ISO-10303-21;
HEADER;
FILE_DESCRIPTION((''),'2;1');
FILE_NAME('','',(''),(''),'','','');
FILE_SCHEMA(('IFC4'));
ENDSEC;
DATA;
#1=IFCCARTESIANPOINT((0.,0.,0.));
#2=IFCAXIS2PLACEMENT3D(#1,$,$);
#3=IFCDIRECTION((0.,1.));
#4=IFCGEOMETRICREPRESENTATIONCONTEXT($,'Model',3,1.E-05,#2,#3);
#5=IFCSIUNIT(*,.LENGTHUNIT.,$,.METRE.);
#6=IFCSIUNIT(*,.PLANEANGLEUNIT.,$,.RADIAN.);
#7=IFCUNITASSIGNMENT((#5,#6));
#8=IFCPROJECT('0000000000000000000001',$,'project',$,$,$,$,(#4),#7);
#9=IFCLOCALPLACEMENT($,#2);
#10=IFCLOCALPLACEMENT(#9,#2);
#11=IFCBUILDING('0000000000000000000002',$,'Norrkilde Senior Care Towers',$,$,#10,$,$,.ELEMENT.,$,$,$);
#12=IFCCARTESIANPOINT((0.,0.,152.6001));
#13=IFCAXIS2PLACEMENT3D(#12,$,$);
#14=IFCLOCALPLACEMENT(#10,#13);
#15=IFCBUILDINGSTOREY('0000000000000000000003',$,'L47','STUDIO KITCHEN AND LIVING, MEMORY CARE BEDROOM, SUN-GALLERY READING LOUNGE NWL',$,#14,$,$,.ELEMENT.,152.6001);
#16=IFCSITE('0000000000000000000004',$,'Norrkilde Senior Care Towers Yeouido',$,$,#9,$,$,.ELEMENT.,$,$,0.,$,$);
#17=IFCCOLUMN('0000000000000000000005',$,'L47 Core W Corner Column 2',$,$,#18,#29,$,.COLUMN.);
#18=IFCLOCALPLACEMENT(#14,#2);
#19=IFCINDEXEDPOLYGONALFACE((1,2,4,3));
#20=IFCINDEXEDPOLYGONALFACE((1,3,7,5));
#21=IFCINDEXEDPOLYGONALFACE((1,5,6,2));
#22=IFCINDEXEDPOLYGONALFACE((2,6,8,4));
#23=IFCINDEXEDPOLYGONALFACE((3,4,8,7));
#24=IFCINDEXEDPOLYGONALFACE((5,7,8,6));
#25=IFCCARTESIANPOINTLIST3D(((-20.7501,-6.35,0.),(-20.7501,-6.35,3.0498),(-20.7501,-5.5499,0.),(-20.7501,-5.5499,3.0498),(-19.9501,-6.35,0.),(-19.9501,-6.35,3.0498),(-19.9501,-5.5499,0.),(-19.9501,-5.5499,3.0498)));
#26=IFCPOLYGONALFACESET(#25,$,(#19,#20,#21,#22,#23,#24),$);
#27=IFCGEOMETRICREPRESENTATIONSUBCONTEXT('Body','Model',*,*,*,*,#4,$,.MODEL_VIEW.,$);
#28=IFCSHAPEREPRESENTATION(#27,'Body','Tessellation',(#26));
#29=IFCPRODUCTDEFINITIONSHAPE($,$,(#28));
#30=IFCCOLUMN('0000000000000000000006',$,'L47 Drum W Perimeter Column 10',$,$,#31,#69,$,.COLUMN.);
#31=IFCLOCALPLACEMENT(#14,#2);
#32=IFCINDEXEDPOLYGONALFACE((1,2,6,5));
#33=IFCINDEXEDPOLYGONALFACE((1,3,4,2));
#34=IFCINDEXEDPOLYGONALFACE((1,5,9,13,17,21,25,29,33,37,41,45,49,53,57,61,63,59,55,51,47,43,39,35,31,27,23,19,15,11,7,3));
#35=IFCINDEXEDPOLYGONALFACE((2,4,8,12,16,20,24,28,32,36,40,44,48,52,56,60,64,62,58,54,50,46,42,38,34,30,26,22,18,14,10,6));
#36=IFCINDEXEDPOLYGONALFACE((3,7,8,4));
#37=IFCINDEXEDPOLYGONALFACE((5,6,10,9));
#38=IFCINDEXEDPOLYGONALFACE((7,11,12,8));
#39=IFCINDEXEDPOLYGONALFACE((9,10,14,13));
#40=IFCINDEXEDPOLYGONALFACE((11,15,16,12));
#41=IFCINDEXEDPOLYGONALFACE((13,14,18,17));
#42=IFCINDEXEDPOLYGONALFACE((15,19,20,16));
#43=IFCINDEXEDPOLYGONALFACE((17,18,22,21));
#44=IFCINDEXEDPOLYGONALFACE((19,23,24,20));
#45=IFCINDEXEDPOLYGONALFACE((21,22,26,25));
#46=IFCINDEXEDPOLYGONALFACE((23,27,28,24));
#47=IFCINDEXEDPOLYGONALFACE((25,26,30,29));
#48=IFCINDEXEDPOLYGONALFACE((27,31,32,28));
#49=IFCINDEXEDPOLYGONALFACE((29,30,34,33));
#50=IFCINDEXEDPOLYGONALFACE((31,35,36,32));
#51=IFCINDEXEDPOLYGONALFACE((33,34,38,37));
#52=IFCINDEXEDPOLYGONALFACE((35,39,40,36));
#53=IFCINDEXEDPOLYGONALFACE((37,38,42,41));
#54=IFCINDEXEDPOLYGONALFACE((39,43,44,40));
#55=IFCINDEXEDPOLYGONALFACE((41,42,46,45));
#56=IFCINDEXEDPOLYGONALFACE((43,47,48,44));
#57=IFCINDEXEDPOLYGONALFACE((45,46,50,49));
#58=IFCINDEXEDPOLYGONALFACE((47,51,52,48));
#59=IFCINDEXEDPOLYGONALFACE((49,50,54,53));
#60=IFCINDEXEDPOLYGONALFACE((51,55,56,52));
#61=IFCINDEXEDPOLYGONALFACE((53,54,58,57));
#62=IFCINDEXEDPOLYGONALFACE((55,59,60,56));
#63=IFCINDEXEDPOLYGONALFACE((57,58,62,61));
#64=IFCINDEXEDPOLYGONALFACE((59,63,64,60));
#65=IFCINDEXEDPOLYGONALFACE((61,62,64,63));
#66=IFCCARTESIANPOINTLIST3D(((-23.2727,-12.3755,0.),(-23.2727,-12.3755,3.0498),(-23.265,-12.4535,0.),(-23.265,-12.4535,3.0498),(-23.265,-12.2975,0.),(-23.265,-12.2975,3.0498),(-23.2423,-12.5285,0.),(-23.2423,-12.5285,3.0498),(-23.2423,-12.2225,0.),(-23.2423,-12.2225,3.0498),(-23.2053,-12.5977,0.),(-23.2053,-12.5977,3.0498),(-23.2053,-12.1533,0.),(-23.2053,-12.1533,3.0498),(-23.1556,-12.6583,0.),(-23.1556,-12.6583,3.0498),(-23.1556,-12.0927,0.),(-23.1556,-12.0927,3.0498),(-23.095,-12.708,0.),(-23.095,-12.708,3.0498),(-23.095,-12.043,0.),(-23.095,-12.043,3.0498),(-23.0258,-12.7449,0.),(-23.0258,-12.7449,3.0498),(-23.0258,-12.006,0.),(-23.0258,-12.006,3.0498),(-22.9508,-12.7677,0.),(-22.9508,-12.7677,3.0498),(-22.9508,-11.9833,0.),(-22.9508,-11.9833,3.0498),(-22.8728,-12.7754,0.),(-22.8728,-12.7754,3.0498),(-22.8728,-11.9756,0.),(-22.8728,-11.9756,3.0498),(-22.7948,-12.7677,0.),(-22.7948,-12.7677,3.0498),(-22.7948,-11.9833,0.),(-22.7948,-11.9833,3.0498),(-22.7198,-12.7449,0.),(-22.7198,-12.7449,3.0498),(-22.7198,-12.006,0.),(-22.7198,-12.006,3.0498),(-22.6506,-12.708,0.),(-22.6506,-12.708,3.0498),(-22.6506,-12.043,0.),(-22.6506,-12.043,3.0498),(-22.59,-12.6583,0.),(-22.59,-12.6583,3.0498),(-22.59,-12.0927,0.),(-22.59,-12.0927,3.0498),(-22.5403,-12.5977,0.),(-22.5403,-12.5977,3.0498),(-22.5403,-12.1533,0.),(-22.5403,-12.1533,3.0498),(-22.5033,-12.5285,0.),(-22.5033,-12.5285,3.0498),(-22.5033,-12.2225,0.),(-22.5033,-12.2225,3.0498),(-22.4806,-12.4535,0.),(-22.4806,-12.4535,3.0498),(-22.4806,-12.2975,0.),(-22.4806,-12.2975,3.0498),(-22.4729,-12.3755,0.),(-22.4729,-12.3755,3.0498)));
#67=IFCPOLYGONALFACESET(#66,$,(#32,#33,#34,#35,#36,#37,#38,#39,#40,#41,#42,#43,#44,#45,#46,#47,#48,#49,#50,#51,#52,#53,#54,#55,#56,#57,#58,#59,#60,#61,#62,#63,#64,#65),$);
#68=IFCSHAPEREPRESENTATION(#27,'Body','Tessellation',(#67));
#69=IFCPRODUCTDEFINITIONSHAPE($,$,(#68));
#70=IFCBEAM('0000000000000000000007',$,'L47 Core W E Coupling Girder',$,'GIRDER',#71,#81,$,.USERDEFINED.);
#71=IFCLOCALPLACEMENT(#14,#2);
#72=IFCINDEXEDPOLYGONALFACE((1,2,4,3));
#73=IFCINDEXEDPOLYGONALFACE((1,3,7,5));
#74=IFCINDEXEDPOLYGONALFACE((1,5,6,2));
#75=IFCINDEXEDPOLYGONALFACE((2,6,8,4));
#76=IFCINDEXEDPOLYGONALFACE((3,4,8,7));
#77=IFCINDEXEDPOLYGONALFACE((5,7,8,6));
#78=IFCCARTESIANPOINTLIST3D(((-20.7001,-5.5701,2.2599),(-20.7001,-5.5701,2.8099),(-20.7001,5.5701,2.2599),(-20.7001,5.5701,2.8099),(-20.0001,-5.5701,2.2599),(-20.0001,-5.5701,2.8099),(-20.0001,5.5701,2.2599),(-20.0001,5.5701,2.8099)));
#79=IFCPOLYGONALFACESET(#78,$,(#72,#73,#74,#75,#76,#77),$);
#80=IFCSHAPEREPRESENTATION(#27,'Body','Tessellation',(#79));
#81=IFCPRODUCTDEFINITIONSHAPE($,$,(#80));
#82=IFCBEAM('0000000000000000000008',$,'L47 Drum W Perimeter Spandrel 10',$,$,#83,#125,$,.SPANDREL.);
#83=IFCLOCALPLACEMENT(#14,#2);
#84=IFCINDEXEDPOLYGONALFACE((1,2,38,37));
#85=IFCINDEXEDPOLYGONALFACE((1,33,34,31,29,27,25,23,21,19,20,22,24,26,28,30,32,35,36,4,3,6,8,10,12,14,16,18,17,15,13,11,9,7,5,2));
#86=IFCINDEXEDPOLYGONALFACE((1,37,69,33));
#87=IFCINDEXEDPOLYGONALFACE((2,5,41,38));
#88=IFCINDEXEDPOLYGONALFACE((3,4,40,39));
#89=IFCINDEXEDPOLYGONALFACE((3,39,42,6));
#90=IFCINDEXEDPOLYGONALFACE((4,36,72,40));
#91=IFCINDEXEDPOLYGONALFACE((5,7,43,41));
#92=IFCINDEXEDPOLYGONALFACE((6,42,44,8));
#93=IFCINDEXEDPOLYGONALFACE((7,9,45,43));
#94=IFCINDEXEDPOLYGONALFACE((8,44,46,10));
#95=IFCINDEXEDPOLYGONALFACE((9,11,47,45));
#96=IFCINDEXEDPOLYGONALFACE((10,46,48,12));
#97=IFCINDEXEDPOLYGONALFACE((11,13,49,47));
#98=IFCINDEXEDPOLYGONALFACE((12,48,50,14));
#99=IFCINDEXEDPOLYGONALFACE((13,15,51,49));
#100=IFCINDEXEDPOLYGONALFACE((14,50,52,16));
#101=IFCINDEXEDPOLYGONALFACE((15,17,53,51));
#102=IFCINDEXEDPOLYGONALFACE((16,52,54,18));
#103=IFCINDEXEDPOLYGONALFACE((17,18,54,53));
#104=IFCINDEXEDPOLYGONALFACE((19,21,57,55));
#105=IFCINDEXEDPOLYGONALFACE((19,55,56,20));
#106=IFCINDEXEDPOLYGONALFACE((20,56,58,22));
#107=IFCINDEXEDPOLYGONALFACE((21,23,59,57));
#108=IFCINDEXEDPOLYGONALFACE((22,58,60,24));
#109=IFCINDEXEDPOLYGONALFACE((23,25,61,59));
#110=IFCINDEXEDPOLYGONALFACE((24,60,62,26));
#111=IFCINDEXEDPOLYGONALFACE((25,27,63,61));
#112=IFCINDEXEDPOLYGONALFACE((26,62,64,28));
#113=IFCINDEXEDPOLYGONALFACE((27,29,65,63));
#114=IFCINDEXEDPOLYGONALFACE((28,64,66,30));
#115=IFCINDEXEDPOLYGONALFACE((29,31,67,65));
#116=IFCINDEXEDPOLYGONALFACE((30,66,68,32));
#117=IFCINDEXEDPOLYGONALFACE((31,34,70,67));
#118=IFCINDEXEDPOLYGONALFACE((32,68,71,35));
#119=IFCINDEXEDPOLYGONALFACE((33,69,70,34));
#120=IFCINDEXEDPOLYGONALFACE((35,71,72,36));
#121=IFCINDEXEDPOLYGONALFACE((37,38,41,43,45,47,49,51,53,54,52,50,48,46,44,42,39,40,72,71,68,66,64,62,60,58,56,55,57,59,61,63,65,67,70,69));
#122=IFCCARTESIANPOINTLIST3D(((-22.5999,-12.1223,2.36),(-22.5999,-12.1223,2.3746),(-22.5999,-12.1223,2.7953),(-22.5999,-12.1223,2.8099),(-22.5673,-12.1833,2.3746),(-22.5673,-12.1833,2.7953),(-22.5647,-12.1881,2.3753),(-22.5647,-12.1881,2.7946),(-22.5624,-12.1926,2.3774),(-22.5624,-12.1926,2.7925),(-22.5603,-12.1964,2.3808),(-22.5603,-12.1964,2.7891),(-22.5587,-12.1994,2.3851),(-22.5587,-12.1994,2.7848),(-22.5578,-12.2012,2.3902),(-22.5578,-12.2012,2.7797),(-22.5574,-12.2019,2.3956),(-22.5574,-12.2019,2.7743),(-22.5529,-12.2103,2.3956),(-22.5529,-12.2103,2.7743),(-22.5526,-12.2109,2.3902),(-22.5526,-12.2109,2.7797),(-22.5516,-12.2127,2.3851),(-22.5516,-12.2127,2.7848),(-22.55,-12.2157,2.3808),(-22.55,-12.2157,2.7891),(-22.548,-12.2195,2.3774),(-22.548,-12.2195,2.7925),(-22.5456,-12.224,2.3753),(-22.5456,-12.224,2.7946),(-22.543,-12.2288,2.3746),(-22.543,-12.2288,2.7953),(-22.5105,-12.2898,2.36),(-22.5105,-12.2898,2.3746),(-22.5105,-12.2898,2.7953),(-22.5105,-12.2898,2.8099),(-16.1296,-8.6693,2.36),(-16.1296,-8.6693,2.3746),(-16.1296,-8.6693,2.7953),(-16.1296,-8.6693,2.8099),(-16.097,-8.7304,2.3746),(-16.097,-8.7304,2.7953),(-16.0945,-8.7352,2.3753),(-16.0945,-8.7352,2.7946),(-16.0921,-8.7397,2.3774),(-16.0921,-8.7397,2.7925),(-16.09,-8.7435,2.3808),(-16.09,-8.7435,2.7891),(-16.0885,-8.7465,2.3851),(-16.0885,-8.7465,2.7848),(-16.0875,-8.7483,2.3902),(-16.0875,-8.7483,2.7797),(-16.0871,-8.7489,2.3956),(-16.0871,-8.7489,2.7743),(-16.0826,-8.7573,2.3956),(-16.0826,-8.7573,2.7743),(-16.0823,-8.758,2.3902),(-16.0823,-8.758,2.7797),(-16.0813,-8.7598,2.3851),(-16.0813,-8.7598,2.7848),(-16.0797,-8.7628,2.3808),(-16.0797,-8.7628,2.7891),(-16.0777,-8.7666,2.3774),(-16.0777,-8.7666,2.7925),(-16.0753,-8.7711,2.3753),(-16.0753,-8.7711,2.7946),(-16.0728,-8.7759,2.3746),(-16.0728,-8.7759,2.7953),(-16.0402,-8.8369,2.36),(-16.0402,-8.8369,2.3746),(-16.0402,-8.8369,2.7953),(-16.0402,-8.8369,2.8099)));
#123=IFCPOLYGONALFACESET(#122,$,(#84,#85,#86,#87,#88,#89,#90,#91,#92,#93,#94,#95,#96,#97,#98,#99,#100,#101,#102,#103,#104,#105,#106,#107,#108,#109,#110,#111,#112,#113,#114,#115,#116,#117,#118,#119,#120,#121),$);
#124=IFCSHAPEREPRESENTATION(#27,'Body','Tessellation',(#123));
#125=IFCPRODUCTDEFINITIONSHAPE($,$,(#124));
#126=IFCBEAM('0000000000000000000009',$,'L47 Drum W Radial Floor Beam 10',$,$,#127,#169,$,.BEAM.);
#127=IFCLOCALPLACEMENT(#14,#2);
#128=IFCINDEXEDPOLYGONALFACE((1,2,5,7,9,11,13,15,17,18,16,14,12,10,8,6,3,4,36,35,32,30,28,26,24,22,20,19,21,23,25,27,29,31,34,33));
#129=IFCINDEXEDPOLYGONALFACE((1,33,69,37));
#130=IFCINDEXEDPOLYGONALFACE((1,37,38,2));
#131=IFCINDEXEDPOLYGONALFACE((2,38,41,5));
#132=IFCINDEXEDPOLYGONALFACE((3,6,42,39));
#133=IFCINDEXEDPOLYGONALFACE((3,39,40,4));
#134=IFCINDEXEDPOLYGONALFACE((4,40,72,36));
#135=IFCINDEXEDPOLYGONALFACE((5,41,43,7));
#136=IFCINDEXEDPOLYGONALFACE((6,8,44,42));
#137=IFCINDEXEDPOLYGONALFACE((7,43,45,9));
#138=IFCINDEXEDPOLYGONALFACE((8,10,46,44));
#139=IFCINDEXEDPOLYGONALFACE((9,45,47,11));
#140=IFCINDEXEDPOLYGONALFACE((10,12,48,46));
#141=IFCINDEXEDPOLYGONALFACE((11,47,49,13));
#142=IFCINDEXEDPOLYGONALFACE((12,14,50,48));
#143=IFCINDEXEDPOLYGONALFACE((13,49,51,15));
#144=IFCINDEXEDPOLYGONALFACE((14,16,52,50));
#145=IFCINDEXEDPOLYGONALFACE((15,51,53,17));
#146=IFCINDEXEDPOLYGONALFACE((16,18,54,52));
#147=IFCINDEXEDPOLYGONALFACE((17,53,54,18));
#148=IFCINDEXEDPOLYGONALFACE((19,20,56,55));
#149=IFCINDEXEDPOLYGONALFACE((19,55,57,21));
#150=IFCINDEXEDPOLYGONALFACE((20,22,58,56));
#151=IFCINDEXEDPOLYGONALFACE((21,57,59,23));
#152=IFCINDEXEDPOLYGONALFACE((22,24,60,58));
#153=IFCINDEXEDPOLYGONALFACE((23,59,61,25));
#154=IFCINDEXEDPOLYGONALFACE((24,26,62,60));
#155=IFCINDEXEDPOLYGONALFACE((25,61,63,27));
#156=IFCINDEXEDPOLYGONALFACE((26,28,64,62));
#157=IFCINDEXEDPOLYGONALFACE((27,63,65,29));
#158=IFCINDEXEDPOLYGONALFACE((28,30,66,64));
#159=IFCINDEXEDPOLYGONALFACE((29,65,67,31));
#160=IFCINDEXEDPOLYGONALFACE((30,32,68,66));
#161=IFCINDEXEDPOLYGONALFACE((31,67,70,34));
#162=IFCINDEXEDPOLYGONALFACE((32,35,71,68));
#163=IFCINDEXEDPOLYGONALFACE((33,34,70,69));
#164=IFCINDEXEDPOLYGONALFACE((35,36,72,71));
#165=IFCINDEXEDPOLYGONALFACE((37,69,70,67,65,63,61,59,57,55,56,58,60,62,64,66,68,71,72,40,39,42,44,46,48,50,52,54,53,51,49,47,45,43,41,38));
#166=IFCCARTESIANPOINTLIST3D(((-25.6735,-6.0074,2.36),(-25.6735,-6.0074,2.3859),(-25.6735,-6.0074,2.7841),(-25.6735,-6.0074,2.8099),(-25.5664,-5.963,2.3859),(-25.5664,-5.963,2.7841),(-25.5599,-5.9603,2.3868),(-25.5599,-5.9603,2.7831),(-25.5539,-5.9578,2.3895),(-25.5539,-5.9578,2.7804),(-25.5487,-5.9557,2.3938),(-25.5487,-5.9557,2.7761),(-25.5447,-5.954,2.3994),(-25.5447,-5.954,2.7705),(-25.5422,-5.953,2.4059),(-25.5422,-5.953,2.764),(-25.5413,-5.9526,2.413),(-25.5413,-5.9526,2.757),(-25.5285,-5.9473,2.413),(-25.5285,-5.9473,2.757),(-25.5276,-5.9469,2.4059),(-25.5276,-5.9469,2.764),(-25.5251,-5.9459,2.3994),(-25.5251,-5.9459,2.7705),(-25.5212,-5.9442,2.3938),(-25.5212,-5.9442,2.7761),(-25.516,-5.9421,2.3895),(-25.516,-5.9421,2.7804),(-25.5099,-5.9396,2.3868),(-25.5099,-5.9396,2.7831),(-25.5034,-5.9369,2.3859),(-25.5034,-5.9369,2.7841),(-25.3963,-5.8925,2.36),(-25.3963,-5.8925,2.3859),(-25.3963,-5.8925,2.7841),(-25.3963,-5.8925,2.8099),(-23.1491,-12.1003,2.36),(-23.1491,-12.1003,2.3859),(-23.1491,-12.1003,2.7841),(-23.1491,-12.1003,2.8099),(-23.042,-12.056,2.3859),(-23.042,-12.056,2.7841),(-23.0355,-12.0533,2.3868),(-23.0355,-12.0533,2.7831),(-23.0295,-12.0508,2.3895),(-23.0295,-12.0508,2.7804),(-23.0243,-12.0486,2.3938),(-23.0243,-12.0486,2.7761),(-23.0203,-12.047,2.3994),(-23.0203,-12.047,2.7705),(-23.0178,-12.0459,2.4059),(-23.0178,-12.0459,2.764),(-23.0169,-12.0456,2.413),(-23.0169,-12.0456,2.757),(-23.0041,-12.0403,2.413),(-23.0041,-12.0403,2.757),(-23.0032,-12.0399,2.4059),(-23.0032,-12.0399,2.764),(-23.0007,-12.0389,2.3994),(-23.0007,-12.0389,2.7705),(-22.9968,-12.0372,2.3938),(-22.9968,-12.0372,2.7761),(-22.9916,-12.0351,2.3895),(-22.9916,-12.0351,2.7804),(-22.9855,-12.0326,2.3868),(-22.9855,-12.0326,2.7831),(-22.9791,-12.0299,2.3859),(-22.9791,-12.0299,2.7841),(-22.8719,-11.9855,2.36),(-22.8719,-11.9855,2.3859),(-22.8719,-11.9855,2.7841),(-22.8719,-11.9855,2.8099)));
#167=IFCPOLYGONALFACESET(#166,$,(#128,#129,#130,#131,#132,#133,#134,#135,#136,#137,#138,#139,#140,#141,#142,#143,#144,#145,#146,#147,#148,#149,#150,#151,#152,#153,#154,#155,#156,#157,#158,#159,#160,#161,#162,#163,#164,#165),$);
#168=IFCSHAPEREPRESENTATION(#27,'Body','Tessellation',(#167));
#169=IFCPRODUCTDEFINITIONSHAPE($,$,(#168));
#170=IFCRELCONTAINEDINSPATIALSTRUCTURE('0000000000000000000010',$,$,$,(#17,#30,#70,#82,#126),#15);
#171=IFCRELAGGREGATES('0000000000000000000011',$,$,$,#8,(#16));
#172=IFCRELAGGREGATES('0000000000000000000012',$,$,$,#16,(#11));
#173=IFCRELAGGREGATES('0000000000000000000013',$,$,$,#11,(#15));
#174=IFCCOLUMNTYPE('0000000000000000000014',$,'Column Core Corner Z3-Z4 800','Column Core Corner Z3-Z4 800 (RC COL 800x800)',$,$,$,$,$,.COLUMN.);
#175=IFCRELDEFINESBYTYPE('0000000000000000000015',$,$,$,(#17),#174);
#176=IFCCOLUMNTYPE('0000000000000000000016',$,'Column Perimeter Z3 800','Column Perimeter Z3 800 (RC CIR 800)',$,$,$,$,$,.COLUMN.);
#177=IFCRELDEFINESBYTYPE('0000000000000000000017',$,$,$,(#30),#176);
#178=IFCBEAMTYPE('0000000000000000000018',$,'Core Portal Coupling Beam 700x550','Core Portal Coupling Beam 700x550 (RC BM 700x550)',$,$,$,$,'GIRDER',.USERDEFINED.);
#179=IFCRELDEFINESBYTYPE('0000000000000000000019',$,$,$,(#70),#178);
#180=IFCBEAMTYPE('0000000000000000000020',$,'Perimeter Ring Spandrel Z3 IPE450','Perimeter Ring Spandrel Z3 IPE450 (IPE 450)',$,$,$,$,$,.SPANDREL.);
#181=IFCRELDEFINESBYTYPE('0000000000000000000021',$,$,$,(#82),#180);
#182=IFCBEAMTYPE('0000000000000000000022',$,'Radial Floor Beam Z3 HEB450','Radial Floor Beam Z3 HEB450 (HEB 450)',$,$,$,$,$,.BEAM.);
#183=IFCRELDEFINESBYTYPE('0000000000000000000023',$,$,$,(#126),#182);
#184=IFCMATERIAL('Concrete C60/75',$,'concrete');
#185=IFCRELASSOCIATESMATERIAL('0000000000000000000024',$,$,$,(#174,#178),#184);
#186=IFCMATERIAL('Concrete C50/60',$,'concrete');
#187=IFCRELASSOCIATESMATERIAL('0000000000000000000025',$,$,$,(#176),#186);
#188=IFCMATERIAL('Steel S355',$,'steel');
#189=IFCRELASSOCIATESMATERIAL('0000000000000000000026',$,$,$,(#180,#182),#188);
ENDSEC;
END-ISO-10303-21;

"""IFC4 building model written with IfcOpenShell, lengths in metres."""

from ifc_helpers import new_model, si_unit, direction, frame, origin, origin_2d, place, context, subcontext, project, spatial, rectangle, circle, i_section, extrude, source, transform, mapped, material, material_profile, profile_set, type_object, type_shapes, element, save


model = new_model("IFC4")

# Units and contexts
model_context = context("Model", 3, precision=1e-05, world=origin(), true_north=direction((0.0, 1.0)))
body_context = subcontext(model_context, "Body", "Model", "MODEL_VIEW")
ifc_project = project(units=[si_unit("LENGTHUNIT", "METRE"), si_unit("PLANEANGLEUNIT", "RADIAN")], contexts=[model_context])

# Site, building, storey
site_placement = place(None, origin())
site = spatial("IfcSite", under=ifc_project, at=site_placement, Name="Norrkilde Senior Care Towers Yeouido", CompositionType="ELEMENT", RefElevation=0.0)
building_placement = place(site_placement, origin())
building = spatial("IfcBuilding", under=site, at=building_placement, Name="Norrkilde Senior Care Towers", CompositionType="ELEMENT")
storey_placement = place(building_placement, frame((0.0, 0.0, 152.6001)))
storey = spatial("IfcBuildingStorey", under=building, at=storey_placement, Name="L47", Description="STUDIO KITCHEN AND LIVING, MEMORY CARE BEDROOM, SUN-GALLERY READING LOUNGE NWL", CompositionType="ELEMENT", Elevation=152.6001)

# Columns
ifc_material_1 = material(Name="Concrete C60/75", Category="concrete")
ifc_material_profile_1 = material_profile(ifc_material_1, rectangle(XDim=0.8, YDim=0.8, at=origin_2d()), Name="RC COL 800x800")
ifc_profile_set_1 = profile_set([ifc_material_profile_1], Name="Concrete C60/75")
column_type_1 = type_object("IfcColumnType", Name="Column Core Corner Z3-Z4 800", Description="Column Core Corner Z3-Z4 800 (RC COL 800x800)", PredefinedType="COLUMN", material=ifc_profile_set_1)
shared_shape_1 = source(origin(), body_context, "Body", "SweptSolid", [
    extrude(rectangle(XDim=0.8, YDim=0.8, at=origin_2d()), origin(), (0.0, 0.0, 1.0), 3.0498),
])
type_shapes(column_type_1, [shared_shape_1])
column_1_placement = place(storey_placement, frame((-20.3501, -5.95, 0.0), z_axis=(0.0, 0.0, 1.0), x_axis=(1.0, 0.0, 0.0)))
element("IfcColumn", 1, at=column_1_placement, inside=storey, type_object=column_type_1, Name="L47 Core W Corner Column 2", PredefinedType="COLUMN", context=body_context, shape_type="MappedRepresentation", body=[
    mapped(shared_shape_1, transform((0.0, 0.0, 0.0), x_axis=(1.0, 0.0, 0.0), y_axis=(0.0, 1.0, 0.0), z_axis=(0.0, 0.0, 1.0), scale=1.0)),
])
ifc_material_2 = material(Name="Concrete C50/60", Category="concrete")
ifc_material_profile_2 = material_profile(ifc_material_2, circle(Radius=0.3999, at=origin_2d()), Name="RC CIR 800")
ifc_profile_set_2 = profile_set([ifc_material_profile_2], Name="Concrete C50/60")
column_type_2 = type_object("IfcColumnType", Name="Column Perimeter Z3 800", Description="Column Perimeter Z3 800 (RC CIR 800)", PredefinedType="COLUMN", material=ifc_profile_set_2)
shared_shape_2 = source(origin(), body_context, "Body", "SweptSolid", [
    extrude(circle(Radius=0.3999, at=origin_2d()), origin(), (0.0, 0.0, 1.0), 3.0498),
])
type_shapes(column_type_2, [shared_shape_2])
column_2_placement = place(storey_placement, frame((-22.8728, -12.3755, 0.0), z_axis=(0.0, 0.0, 1.0), x_axis=(1.0, 0.0, 0.0)))
element("IfcColumn", 2, at=column_2_placement, inside=storey, type_object=column_type_2, Name="L47 Drum W Perimeter Column 10", PredefinedType="COLUMN", context=body_context, shape_type="MappedRepresentation", body=[
    mapped(shared_shape_2, transform((0.0, 0.0, 0.0), x_axis=(1.0, 0.0, 0.0), y_axis=(0.0, 1.0, 0.0), z_axis=(0.0, 0.0, 1.0), scale=1.0)),
])

# Beams
ifc_material_profile_3 = material_profile(ifc_material_1, rectangle(XDim=0.7, YDim=0.55, at=origin_2d()), Name="RC BM 700x550")
ifc_profile_set_3 = profile_set([ifc_material_profile_3], Name="Concrete C60/75")
beam_type_1 = type_object("IfcBeamType", Name="Core Portal Coupling Beam 700x550", Description="Core Portal Coupling Beam 700x550 (RC BM 700x550)", ElementType="GIRDER", PredefinedType="USERDEFINED", material=ifc_profile_set_3)
shared_shape_3 = source(origin(), body_context, "Body", "SweptSolid", [
    extrude(rectangle(XDim=0.7, YDim=0.55, at=origin_2d()), origin(), (0.0, 0.0, 1.0), 11.1401),
])
type_shapes(beam_type_1, [shared_shape_3])
beam_1_placement = place(storey_placement, frame((-20.3501, -5.5701, 2.5349), z_axis=(0.0, 1.0, 0.0), x_axis=(-1.0, 0.0, 0.0)))
element("IfcBeam", 3, at=beam_1_placement, inside=storey, type_object=beam_type_1, Name="L47 Core W E Coupling Girder", ObjectType="GIRDER", PredefinedType="USERDEFINED", context=body_context, shape_type="MappedRepresentation", body=[
    mapped(shared_shape_3, transform((0.0, 0.0, 0.0), x_axis=(1.0, 0.0, 0.0), y_axis=(0.0, 1.0, 0.0), z_axis=(0.0, 0.0, 1.0), scale=1.0)),
])
ifc_material_3 = material(Name="Steel S355", Category="steel")
ifc_material_profile_4 = material_profile(ifc_material_3, i_section(OverallWidth=0.1899, OverallDepth=0.45, WebThickness=0.0095, FlangeThickness=0.0146, FilletRadius=0.021, at=origin_2d()), Name="IPE 450")
ifc_profile_set_4 = profile_set([ifc_material_profile_4], Name="Steel S355")
beam_type_2 = type_object("IfcBeamType", Name="Perimeter Ring Spandrel Z3 IPE450", Description="Perimeter Ring Spandrel Z3 IPE450 (IPE 450)", PredefinedType="SPANDREL", material=ifc_profile_set_4)
shared_shape_4 = source(origin(), body_context, "Body", "SweptSolid", [
    extrude(i_section(OverallWidth=0.1899, OverallDepth=0.45, WebThickness=0.0095, FlangeThickness=0.0146, FilletRadius=0.021, at=origin_2d()), origin(), (0.0, 0.0, 1.0), 7.334),
])
type_shapes(beam_type_2, [shared_shape_4])
beam_2_placement = place(storey_placement, frame((-22.5552, -12.2061, 2.585), z_axis=(0.882234, 0.470811, 0.0), x_axis=(-0.470811, 0.882234, 0.0)))
element("IfcBeam", 4, at=beam_2_placement, inside=storey, type_object=beam_type_2, Name="L47 Drum W Perimeter Spandrel 10", PredefinedType="SPANDREL", context=body_context, shape_type="MappedRepresentation", body=[
    mapped(shared_shape_4, transform((0.0, 0.0, 0.0), x_axis=(1.0, 0.0, 0.0), y_axis=(0.0, 1.0, 0.0), z_axis=(0.0, 0.0, 1.0), scale=1.0)),
])
ifc_material_profile_5 = material_profile(ifc_material_3, i_section(OverallWidth=0.3, OverallDepth=0.45, WebThickness=0.0139, FlangeThickness=0.0259, FilletRadius=0.0271, at=origin_2d()), Name="HEB 450")
ifc_profile_set_5 = profile_set([ifc_material_profile_5], Name="Steel S355")
beam_type_3 = type_object("IfcBeamType", Name="Radial Floor Beam Z3 HEB450", Description="Radial Floor Beam Z3 HEB450 (HEB 450)", PredefinedType="BEAM", material=ifc_profile_set_5)
shared_shape_5 = source(origin(), body_context, "Body", "SweptSolid", [
    extrude(i_section(OverallWidth=0.3, OverallDepth=0.45, WebThickness=0.0139, FlangeThickness=0.0259, FilletRadius=0.0271, at=origin_2d()), origin(), (0.0, 0.0, 1.0), 6.5952),
])
beam_3_placement = place(storey_placement, frame((-25.5349, -5.95, 2.585), z_axis=(0.382762, -0.923847, 0.0), x_axis=(0.923847, 0.382762, 0.0)))
element("IfcBeam", 5, at=beam_3_placement, inside=storey, type_object=beam_type_3, Name="L47 Drum W Radial Floor Beam 10", PredefinedType="BEAM", context=body_context, shape_type="MappedRepresentation", body=[
    mapped(shared_shape_5, transform((0.0, 0.0, 0.0), x_axis=(1.0, 0.0, 0.0), y_axis=(0.0, 1.0, 0.0), z_axis=(0.0, 0.0, 1.0), scale=1.0)),
])

save(model, "model.ifc")
